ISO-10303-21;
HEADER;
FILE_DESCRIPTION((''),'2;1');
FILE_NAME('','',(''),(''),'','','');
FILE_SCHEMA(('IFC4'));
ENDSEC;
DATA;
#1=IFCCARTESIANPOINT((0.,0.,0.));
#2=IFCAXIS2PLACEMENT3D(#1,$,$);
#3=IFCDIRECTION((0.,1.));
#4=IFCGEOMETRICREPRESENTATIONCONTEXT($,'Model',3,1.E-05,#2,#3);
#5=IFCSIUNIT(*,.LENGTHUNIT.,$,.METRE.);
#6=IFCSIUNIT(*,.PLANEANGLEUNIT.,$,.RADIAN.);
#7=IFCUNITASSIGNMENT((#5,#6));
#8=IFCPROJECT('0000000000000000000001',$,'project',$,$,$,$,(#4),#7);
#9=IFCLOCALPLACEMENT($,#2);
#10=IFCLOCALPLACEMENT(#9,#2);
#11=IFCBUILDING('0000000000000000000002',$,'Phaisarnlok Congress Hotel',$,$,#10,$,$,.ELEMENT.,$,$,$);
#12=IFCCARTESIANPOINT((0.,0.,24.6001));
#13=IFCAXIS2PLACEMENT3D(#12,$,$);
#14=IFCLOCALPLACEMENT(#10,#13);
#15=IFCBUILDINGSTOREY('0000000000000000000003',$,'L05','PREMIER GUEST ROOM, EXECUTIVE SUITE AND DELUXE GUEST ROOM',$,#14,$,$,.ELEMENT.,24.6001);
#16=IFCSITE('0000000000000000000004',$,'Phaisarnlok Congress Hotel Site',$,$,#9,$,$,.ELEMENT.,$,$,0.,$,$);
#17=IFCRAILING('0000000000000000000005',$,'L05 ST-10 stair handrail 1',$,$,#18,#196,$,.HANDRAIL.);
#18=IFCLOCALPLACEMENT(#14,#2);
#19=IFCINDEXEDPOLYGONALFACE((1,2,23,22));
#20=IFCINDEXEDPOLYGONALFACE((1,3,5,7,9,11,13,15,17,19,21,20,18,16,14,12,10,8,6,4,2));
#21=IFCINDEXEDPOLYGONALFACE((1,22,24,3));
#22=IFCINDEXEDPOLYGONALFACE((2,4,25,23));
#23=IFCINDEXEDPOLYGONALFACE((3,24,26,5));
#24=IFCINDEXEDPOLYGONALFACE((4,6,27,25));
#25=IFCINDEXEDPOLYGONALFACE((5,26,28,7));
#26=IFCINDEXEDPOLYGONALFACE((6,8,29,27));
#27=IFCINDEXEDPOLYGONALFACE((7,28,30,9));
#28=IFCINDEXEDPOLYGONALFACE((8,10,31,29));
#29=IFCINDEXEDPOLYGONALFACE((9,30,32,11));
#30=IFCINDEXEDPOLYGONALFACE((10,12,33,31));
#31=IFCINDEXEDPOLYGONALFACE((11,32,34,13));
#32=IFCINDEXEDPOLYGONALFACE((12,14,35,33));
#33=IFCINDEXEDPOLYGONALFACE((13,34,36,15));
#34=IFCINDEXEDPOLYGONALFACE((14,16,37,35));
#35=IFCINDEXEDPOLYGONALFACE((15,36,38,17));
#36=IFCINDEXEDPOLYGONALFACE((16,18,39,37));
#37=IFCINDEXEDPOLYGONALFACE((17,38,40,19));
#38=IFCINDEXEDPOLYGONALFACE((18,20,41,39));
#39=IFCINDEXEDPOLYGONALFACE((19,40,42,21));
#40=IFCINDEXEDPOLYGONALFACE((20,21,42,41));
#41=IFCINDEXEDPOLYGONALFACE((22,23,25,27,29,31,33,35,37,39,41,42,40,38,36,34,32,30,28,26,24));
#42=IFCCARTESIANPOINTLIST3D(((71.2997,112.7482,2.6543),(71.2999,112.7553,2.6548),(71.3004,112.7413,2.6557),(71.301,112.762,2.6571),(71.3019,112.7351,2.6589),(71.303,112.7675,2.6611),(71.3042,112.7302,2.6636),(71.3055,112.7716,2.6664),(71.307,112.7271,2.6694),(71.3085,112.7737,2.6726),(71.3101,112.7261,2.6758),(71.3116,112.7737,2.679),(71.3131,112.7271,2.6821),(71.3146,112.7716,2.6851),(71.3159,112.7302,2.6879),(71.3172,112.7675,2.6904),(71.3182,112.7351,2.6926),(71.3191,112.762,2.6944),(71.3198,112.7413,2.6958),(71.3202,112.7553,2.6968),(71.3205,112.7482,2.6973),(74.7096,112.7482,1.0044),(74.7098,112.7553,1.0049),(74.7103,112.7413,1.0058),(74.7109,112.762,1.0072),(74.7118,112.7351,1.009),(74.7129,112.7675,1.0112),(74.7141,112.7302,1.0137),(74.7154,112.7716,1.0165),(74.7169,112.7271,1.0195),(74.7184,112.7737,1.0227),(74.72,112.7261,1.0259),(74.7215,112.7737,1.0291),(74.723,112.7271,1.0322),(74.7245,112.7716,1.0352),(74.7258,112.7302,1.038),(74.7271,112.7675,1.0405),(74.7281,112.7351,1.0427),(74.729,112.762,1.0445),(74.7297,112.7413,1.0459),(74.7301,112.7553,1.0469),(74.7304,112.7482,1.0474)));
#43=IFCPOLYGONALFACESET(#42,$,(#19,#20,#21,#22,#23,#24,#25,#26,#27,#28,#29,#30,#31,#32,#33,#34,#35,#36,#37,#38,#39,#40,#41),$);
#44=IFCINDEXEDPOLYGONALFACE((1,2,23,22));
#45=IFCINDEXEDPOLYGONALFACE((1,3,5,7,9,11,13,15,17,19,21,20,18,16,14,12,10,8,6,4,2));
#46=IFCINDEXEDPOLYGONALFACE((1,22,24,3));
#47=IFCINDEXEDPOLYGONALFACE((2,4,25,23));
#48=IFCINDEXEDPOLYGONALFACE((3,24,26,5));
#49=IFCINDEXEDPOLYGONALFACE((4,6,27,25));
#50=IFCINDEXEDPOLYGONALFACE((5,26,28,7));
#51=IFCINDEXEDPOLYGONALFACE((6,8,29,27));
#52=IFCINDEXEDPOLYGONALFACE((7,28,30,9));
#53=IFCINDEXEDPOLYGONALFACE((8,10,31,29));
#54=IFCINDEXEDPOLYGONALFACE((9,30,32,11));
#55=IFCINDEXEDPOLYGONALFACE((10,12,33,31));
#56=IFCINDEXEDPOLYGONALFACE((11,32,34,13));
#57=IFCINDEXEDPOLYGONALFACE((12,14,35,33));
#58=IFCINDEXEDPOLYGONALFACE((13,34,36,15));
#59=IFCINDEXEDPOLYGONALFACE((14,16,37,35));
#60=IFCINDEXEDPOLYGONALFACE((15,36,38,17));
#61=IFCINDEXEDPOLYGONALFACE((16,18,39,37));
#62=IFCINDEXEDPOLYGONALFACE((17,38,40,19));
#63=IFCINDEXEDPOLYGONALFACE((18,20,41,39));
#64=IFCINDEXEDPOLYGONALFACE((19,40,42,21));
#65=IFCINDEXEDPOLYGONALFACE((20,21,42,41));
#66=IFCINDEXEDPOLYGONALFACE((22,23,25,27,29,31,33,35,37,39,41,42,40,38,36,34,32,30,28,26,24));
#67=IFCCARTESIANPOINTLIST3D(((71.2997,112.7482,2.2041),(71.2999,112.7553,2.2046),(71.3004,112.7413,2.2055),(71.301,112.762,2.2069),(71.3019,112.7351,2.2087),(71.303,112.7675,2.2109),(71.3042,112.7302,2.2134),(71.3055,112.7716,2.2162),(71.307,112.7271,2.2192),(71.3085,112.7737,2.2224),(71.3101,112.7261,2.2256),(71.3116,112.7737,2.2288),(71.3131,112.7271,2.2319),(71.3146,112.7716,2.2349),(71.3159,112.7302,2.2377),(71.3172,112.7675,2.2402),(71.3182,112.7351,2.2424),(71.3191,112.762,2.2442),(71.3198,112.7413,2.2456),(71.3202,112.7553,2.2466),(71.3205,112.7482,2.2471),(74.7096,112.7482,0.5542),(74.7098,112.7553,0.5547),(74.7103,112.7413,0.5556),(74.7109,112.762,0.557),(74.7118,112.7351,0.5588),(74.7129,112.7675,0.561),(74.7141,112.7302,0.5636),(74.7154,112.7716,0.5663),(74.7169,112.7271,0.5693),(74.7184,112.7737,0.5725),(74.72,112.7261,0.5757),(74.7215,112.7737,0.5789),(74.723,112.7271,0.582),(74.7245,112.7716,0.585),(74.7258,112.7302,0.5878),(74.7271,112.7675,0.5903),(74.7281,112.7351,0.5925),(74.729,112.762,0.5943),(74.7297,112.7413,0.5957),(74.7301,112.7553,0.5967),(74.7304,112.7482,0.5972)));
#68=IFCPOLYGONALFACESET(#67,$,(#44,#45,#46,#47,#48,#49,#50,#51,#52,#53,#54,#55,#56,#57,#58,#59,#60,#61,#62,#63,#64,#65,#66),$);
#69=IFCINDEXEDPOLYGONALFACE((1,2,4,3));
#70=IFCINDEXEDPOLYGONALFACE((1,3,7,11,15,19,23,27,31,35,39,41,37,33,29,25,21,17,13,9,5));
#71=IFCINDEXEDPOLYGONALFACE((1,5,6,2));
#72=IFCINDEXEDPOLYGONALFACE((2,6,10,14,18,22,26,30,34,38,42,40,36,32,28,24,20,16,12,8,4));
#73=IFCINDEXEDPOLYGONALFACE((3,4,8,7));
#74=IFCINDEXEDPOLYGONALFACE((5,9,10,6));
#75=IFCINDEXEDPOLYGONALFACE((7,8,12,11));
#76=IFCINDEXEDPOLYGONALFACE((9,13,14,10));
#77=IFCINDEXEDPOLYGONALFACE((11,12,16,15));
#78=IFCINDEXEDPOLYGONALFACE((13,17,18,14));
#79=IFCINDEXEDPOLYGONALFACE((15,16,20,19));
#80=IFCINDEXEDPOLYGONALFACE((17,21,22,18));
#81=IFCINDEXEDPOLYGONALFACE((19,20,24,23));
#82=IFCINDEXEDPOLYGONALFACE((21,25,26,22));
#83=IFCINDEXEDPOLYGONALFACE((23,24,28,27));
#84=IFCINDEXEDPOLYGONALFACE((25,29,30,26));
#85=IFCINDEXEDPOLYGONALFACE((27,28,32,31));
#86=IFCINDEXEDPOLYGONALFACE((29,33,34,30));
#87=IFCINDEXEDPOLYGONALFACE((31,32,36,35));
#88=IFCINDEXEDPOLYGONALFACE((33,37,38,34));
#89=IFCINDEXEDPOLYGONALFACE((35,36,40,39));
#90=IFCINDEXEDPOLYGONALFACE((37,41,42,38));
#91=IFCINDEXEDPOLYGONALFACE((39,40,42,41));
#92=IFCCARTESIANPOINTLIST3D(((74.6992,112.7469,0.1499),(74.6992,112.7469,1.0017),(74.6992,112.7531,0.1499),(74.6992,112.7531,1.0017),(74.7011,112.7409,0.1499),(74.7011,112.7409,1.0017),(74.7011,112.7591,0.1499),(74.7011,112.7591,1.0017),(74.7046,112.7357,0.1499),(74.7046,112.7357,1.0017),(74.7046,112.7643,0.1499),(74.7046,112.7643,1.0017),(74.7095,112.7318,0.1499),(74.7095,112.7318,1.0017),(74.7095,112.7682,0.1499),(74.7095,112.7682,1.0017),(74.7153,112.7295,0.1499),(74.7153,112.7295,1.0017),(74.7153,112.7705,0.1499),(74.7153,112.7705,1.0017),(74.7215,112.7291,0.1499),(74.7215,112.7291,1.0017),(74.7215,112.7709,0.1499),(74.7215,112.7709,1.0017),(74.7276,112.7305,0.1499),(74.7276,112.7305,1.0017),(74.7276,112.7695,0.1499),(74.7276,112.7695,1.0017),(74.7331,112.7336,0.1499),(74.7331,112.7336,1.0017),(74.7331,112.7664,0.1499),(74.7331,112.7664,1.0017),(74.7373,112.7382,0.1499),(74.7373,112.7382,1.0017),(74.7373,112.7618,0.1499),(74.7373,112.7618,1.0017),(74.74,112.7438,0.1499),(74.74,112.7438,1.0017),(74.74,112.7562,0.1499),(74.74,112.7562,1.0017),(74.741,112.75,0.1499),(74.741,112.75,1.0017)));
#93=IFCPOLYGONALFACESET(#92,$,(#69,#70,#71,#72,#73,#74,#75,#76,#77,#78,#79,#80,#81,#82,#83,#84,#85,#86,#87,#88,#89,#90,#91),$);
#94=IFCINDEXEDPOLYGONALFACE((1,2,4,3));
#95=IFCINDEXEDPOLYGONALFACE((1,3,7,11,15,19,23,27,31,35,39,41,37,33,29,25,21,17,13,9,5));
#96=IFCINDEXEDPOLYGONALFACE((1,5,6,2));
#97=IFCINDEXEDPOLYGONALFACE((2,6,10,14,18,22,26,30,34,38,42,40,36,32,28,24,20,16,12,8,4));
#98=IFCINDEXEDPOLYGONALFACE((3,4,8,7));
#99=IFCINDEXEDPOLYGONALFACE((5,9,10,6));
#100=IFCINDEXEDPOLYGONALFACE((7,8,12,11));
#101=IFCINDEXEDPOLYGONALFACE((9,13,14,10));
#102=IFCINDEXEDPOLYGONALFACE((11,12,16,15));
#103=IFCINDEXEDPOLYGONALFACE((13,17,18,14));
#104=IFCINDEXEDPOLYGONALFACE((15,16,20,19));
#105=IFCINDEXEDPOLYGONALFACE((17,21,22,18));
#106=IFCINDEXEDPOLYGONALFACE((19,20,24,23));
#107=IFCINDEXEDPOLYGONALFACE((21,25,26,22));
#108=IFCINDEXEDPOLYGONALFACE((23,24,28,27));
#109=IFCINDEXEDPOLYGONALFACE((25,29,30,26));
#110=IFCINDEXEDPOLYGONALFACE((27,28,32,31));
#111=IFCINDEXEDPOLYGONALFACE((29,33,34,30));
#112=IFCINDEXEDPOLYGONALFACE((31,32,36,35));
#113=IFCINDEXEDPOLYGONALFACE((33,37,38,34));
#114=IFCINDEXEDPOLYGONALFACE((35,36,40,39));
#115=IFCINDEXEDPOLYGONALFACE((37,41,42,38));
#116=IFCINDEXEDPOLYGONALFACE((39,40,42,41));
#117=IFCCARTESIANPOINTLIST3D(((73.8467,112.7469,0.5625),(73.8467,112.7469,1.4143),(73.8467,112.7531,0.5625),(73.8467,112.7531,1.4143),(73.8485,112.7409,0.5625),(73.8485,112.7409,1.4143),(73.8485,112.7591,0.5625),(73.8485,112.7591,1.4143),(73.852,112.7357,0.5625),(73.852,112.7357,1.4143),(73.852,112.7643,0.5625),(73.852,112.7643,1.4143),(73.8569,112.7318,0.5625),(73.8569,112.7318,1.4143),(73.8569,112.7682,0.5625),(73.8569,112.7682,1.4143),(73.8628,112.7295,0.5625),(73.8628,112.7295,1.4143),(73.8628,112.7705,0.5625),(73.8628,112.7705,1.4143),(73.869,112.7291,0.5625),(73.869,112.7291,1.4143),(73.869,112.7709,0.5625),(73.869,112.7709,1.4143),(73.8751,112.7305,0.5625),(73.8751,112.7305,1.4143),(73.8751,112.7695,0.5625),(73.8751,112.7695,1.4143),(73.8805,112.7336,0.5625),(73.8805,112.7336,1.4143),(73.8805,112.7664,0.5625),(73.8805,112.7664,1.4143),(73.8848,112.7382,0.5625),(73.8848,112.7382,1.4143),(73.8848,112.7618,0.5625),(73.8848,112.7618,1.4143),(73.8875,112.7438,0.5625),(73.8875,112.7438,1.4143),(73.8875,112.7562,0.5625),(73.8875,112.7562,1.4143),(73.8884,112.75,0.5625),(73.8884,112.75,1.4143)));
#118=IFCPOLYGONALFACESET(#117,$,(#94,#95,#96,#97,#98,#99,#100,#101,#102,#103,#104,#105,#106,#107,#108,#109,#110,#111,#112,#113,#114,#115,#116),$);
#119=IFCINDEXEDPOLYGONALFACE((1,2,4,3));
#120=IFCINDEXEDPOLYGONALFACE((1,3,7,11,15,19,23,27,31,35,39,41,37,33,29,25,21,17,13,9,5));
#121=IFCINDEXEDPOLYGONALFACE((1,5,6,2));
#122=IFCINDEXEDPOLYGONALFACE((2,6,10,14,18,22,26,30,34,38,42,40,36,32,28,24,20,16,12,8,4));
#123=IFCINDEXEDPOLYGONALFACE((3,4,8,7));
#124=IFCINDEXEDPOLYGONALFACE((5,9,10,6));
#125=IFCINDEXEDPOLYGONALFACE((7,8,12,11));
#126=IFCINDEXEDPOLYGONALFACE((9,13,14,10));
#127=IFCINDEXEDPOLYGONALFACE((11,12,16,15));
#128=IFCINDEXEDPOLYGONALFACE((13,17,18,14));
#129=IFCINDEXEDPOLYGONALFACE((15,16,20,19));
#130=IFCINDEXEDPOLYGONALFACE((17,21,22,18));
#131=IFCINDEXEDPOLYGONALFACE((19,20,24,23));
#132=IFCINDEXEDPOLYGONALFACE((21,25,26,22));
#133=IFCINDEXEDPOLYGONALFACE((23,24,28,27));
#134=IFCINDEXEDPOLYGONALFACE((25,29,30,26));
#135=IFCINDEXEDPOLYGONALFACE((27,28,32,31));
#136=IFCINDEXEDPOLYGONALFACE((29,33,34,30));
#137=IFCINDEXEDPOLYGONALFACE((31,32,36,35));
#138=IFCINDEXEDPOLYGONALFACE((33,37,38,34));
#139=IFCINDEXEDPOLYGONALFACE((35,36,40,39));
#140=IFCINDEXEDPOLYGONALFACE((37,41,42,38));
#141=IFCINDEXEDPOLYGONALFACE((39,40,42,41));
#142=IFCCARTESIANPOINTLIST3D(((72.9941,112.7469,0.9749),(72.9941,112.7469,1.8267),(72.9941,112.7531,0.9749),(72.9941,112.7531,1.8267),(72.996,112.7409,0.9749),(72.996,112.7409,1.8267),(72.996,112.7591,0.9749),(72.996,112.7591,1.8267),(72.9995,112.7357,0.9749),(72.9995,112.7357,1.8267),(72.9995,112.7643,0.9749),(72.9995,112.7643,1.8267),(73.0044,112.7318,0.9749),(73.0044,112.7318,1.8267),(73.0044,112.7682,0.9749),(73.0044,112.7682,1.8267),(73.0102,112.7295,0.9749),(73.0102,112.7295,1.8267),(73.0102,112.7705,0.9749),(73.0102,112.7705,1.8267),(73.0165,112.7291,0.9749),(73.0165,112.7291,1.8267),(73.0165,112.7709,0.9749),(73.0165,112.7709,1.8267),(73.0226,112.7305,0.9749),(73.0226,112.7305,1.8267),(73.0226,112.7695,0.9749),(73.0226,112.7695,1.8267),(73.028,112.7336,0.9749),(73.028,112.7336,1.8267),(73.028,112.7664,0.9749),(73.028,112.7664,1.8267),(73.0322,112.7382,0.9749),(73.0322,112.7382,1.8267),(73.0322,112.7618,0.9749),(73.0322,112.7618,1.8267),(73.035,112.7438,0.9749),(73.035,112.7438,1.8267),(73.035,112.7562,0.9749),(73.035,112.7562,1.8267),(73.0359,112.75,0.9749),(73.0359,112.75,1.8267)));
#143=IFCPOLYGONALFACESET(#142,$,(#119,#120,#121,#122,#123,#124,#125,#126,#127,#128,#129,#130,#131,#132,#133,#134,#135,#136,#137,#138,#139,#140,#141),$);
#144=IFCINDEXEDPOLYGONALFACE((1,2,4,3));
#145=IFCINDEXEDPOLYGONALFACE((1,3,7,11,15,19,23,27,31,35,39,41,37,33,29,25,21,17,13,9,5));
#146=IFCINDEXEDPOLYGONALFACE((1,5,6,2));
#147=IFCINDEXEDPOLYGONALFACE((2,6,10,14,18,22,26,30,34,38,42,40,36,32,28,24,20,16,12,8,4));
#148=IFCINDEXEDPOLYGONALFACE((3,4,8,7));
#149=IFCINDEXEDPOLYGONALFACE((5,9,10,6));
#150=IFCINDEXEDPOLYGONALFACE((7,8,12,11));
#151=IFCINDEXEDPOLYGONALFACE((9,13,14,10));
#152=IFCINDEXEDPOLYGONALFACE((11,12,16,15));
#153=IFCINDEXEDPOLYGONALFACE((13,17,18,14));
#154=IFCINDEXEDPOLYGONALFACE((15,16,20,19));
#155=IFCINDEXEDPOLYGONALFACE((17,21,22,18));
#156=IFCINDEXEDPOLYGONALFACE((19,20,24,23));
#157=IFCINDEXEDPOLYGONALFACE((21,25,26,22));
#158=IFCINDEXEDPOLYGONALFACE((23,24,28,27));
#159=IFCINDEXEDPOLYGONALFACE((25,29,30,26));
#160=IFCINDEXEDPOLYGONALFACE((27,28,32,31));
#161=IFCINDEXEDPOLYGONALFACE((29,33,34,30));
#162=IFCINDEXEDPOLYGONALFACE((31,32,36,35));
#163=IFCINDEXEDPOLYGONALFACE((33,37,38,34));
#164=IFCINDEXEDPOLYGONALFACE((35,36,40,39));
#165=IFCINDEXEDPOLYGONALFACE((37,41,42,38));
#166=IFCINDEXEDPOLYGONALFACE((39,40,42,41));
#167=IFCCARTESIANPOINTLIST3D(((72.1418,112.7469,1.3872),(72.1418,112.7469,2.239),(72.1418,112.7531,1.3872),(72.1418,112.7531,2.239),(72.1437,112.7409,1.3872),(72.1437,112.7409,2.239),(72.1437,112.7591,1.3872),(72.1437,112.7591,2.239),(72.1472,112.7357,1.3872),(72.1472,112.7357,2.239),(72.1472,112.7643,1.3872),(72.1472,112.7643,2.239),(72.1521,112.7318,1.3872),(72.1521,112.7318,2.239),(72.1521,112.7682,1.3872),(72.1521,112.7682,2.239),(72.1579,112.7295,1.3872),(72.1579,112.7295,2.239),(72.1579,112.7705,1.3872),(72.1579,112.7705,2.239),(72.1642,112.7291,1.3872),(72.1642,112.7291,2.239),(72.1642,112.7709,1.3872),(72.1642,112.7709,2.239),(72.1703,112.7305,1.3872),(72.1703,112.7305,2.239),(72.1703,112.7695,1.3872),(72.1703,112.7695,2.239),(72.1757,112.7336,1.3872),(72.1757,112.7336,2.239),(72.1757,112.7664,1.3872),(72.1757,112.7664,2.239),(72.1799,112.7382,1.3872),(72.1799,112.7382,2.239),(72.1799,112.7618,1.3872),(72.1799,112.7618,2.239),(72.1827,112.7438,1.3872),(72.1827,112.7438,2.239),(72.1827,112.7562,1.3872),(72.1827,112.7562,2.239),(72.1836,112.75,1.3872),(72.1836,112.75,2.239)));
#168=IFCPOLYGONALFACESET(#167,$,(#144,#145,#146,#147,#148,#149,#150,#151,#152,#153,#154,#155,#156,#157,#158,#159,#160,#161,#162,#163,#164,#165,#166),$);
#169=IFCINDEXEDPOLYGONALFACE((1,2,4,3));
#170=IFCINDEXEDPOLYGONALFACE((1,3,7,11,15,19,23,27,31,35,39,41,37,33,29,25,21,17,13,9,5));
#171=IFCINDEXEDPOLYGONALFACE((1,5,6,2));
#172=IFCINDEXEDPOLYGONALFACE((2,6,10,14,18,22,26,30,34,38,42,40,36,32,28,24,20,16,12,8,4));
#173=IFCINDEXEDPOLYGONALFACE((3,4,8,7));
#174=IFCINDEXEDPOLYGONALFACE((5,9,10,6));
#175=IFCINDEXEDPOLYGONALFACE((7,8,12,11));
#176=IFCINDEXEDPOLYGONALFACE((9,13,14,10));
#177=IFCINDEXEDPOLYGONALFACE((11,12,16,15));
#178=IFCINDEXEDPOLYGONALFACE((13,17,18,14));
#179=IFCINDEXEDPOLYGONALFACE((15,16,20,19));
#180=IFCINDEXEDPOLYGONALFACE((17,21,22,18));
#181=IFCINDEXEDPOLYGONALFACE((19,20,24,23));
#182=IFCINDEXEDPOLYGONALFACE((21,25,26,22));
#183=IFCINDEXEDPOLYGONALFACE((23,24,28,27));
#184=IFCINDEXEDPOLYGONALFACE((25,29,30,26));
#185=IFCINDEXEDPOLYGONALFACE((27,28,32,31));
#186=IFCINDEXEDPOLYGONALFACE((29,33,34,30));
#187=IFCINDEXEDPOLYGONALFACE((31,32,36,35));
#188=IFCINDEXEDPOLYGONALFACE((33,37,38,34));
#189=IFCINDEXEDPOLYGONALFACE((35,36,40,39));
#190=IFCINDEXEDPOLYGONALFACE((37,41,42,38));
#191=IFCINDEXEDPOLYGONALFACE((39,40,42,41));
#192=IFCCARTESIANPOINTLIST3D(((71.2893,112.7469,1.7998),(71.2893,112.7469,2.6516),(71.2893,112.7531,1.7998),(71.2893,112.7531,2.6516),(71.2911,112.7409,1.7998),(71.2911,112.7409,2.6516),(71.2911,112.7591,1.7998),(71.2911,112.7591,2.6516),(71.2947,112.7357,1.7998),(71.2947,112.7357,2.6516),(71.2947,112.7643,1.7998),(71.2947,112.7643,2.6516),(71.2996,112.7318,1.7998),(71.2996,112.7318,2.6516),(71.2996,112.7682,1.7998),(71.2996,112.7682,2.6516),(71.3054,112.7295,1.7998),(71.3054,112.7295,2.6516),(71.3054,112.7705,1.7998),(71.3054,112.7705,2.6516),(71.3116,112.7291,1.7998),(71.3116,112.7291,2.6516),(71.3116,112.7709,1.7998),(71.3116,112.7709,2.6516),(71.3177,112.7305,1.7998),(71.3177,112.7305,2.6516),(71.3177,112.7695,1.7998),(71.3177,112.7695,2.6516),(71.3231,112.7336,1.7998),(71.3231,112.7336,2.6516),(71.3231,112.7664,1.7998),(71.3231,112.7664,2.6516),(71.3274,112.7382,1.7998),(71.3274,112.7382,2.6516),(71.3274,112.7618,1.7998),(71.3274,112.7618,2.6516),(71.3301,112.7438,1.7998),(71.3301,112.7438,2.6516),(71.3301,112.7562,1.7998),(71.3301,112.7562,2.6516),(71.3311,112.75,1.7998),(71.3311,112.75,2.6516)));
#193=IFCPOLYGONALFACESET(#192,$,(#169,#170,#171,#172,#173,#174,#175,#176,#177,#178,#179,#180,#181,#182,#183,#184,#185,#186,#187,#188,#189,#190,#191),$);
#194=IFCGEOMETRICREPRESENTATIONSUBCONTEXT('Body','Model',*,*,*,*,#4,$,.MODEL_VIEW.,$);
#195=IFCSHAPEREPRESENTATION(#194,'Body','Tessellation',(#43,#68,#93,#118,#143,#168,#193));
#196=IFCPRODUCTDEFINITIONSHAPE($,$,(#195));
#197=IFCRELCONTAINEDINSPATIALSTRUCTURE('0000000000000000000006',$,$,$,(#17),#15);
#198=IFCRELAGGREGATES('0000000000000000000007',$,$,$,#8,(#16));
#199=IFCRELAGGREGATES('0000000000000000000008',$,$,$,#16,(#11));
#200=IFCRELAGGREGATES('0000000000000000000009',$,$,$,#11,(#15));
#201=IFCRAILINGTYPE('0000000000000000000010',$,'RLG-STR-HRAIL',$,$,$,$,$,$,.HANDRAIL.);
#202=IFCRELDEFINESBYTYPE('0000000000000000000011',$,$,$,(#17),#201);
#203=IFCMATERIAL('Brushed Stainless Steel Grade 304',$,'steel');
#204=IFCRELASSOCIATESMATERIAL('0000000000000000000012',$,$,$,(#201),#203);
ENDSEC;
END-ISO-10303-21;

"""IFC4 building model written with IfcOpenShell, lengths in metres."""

from ifc_helpers import new_model, si_unit, direction, frame, origin, origin_2d, place, context, subcontext, project, spatial, circle, extrude, material, type_object, element, save


model = new_model("IFC4")

# Units and contexts
model_context = context("Model", 3, precision=1e-05, world=origin(), true_north=direction((0.0, 1.0)))
body_context = subcontext(model_context, "Body", "Model", "MODEL_VIEW")
ifc_project = project(units=[si_unit("LENGTHUNIT", "METRE"), si_unit("PLANEANGLEUNIT", "RADIAN")], contexts=[model_context])

# Site, building, storey
site_placement = place(None, origin())
site = spatial("IfcSite", under=ifc_project, at=site_placement, Name="Phaisarnlok Congress Hotel Site", CompositionType="ELEMENT", RefElevation=0.0)
building_placement = place(site_placement, origin())
building = spatial("IfcBuilding", under=site, at=building_placement, Name="Phaisarnlok Congress Hotel", CompositionType="ELEMENT")
storey_placement = place(building_placement, frame((0.0, 0.0, 24.6001)))
storey = spatial("IfcBuildingStorey", under=building, at=storey_placement, Name="L05", Description="PREMIER GUEST ROOM, EXECUTIVE SUITE AND DELUXE GUEST ROOM", CompositionType="ELEMENT", Elevation=24.6001)

# Railing
ifc_material_1 = material(Name="Brushed Stainless Steel Grade 304", Category="steel")
railing_type_1 = type_object("IfcRailingType", Name="RLG-STR-HRAIL", PredefinedType="HANDRAIL", material=ifc_material_1)
railing_1_placement = place(storey_placement, frame((74.72, 112.75, 0.1499)))
element("IfcRailing", 1, at=railing_1_placement, inside=storey, type_object=railing_type_1, Name="L05 ST-10 stair handrail 1", PredefinedType="HANDRAIL", context=body_context, shape_type="SweptSolid", body=[
    extrude(circle(Radius=0.0239, at=origin_2d()), frame((0.0, 0.0, 0.876), z_axis=(-0.900165, 0.0, 0.435549), x_axis=(0.0, -1.0, 0.0)), (0.0, 0.0, 1.0), 3.7881),
    extrude(circle(Radius=0.0239, at=origin_2d()), frame((0.0, 0.0, 0.4258), z_axis=(-0.900165, 0.0, 0.435549), x_axis=(0.0, -1.0, 0.0)), (0.0, 0.0, 1.0), 3.7881),
    extrude(circle(Radius=0.021, at=origin_2d()), origin(), (0.0, 0.0, 1.0), 0.8518),
    extrude(circle(Radius=0.021, at=origin_2d()), frame((-0.8525, 0.0, 0.4126)), (0.0, 0.0, 1.0), 0.8518),
    extrude(circle(Radius=0.021, at=origin_2d()), frame((-1.7051, 0.0, 0.825)), (0.0, 0.0, 1.0), 0.8518),
    extrude(circle(Radius=0.021, at=origin_2d()), frame((-2.5574, 0.0, 1.2373)), (0.0, 0.0, 1.0), 0.8518),
    extrude(circle(Radius=0.021, at=origin_2d()), frame((-3.4099, 0.0, 1.6499)), (0.0, 0.0, 1.0), 0.8518),
])

save(model, "model.ifc")
